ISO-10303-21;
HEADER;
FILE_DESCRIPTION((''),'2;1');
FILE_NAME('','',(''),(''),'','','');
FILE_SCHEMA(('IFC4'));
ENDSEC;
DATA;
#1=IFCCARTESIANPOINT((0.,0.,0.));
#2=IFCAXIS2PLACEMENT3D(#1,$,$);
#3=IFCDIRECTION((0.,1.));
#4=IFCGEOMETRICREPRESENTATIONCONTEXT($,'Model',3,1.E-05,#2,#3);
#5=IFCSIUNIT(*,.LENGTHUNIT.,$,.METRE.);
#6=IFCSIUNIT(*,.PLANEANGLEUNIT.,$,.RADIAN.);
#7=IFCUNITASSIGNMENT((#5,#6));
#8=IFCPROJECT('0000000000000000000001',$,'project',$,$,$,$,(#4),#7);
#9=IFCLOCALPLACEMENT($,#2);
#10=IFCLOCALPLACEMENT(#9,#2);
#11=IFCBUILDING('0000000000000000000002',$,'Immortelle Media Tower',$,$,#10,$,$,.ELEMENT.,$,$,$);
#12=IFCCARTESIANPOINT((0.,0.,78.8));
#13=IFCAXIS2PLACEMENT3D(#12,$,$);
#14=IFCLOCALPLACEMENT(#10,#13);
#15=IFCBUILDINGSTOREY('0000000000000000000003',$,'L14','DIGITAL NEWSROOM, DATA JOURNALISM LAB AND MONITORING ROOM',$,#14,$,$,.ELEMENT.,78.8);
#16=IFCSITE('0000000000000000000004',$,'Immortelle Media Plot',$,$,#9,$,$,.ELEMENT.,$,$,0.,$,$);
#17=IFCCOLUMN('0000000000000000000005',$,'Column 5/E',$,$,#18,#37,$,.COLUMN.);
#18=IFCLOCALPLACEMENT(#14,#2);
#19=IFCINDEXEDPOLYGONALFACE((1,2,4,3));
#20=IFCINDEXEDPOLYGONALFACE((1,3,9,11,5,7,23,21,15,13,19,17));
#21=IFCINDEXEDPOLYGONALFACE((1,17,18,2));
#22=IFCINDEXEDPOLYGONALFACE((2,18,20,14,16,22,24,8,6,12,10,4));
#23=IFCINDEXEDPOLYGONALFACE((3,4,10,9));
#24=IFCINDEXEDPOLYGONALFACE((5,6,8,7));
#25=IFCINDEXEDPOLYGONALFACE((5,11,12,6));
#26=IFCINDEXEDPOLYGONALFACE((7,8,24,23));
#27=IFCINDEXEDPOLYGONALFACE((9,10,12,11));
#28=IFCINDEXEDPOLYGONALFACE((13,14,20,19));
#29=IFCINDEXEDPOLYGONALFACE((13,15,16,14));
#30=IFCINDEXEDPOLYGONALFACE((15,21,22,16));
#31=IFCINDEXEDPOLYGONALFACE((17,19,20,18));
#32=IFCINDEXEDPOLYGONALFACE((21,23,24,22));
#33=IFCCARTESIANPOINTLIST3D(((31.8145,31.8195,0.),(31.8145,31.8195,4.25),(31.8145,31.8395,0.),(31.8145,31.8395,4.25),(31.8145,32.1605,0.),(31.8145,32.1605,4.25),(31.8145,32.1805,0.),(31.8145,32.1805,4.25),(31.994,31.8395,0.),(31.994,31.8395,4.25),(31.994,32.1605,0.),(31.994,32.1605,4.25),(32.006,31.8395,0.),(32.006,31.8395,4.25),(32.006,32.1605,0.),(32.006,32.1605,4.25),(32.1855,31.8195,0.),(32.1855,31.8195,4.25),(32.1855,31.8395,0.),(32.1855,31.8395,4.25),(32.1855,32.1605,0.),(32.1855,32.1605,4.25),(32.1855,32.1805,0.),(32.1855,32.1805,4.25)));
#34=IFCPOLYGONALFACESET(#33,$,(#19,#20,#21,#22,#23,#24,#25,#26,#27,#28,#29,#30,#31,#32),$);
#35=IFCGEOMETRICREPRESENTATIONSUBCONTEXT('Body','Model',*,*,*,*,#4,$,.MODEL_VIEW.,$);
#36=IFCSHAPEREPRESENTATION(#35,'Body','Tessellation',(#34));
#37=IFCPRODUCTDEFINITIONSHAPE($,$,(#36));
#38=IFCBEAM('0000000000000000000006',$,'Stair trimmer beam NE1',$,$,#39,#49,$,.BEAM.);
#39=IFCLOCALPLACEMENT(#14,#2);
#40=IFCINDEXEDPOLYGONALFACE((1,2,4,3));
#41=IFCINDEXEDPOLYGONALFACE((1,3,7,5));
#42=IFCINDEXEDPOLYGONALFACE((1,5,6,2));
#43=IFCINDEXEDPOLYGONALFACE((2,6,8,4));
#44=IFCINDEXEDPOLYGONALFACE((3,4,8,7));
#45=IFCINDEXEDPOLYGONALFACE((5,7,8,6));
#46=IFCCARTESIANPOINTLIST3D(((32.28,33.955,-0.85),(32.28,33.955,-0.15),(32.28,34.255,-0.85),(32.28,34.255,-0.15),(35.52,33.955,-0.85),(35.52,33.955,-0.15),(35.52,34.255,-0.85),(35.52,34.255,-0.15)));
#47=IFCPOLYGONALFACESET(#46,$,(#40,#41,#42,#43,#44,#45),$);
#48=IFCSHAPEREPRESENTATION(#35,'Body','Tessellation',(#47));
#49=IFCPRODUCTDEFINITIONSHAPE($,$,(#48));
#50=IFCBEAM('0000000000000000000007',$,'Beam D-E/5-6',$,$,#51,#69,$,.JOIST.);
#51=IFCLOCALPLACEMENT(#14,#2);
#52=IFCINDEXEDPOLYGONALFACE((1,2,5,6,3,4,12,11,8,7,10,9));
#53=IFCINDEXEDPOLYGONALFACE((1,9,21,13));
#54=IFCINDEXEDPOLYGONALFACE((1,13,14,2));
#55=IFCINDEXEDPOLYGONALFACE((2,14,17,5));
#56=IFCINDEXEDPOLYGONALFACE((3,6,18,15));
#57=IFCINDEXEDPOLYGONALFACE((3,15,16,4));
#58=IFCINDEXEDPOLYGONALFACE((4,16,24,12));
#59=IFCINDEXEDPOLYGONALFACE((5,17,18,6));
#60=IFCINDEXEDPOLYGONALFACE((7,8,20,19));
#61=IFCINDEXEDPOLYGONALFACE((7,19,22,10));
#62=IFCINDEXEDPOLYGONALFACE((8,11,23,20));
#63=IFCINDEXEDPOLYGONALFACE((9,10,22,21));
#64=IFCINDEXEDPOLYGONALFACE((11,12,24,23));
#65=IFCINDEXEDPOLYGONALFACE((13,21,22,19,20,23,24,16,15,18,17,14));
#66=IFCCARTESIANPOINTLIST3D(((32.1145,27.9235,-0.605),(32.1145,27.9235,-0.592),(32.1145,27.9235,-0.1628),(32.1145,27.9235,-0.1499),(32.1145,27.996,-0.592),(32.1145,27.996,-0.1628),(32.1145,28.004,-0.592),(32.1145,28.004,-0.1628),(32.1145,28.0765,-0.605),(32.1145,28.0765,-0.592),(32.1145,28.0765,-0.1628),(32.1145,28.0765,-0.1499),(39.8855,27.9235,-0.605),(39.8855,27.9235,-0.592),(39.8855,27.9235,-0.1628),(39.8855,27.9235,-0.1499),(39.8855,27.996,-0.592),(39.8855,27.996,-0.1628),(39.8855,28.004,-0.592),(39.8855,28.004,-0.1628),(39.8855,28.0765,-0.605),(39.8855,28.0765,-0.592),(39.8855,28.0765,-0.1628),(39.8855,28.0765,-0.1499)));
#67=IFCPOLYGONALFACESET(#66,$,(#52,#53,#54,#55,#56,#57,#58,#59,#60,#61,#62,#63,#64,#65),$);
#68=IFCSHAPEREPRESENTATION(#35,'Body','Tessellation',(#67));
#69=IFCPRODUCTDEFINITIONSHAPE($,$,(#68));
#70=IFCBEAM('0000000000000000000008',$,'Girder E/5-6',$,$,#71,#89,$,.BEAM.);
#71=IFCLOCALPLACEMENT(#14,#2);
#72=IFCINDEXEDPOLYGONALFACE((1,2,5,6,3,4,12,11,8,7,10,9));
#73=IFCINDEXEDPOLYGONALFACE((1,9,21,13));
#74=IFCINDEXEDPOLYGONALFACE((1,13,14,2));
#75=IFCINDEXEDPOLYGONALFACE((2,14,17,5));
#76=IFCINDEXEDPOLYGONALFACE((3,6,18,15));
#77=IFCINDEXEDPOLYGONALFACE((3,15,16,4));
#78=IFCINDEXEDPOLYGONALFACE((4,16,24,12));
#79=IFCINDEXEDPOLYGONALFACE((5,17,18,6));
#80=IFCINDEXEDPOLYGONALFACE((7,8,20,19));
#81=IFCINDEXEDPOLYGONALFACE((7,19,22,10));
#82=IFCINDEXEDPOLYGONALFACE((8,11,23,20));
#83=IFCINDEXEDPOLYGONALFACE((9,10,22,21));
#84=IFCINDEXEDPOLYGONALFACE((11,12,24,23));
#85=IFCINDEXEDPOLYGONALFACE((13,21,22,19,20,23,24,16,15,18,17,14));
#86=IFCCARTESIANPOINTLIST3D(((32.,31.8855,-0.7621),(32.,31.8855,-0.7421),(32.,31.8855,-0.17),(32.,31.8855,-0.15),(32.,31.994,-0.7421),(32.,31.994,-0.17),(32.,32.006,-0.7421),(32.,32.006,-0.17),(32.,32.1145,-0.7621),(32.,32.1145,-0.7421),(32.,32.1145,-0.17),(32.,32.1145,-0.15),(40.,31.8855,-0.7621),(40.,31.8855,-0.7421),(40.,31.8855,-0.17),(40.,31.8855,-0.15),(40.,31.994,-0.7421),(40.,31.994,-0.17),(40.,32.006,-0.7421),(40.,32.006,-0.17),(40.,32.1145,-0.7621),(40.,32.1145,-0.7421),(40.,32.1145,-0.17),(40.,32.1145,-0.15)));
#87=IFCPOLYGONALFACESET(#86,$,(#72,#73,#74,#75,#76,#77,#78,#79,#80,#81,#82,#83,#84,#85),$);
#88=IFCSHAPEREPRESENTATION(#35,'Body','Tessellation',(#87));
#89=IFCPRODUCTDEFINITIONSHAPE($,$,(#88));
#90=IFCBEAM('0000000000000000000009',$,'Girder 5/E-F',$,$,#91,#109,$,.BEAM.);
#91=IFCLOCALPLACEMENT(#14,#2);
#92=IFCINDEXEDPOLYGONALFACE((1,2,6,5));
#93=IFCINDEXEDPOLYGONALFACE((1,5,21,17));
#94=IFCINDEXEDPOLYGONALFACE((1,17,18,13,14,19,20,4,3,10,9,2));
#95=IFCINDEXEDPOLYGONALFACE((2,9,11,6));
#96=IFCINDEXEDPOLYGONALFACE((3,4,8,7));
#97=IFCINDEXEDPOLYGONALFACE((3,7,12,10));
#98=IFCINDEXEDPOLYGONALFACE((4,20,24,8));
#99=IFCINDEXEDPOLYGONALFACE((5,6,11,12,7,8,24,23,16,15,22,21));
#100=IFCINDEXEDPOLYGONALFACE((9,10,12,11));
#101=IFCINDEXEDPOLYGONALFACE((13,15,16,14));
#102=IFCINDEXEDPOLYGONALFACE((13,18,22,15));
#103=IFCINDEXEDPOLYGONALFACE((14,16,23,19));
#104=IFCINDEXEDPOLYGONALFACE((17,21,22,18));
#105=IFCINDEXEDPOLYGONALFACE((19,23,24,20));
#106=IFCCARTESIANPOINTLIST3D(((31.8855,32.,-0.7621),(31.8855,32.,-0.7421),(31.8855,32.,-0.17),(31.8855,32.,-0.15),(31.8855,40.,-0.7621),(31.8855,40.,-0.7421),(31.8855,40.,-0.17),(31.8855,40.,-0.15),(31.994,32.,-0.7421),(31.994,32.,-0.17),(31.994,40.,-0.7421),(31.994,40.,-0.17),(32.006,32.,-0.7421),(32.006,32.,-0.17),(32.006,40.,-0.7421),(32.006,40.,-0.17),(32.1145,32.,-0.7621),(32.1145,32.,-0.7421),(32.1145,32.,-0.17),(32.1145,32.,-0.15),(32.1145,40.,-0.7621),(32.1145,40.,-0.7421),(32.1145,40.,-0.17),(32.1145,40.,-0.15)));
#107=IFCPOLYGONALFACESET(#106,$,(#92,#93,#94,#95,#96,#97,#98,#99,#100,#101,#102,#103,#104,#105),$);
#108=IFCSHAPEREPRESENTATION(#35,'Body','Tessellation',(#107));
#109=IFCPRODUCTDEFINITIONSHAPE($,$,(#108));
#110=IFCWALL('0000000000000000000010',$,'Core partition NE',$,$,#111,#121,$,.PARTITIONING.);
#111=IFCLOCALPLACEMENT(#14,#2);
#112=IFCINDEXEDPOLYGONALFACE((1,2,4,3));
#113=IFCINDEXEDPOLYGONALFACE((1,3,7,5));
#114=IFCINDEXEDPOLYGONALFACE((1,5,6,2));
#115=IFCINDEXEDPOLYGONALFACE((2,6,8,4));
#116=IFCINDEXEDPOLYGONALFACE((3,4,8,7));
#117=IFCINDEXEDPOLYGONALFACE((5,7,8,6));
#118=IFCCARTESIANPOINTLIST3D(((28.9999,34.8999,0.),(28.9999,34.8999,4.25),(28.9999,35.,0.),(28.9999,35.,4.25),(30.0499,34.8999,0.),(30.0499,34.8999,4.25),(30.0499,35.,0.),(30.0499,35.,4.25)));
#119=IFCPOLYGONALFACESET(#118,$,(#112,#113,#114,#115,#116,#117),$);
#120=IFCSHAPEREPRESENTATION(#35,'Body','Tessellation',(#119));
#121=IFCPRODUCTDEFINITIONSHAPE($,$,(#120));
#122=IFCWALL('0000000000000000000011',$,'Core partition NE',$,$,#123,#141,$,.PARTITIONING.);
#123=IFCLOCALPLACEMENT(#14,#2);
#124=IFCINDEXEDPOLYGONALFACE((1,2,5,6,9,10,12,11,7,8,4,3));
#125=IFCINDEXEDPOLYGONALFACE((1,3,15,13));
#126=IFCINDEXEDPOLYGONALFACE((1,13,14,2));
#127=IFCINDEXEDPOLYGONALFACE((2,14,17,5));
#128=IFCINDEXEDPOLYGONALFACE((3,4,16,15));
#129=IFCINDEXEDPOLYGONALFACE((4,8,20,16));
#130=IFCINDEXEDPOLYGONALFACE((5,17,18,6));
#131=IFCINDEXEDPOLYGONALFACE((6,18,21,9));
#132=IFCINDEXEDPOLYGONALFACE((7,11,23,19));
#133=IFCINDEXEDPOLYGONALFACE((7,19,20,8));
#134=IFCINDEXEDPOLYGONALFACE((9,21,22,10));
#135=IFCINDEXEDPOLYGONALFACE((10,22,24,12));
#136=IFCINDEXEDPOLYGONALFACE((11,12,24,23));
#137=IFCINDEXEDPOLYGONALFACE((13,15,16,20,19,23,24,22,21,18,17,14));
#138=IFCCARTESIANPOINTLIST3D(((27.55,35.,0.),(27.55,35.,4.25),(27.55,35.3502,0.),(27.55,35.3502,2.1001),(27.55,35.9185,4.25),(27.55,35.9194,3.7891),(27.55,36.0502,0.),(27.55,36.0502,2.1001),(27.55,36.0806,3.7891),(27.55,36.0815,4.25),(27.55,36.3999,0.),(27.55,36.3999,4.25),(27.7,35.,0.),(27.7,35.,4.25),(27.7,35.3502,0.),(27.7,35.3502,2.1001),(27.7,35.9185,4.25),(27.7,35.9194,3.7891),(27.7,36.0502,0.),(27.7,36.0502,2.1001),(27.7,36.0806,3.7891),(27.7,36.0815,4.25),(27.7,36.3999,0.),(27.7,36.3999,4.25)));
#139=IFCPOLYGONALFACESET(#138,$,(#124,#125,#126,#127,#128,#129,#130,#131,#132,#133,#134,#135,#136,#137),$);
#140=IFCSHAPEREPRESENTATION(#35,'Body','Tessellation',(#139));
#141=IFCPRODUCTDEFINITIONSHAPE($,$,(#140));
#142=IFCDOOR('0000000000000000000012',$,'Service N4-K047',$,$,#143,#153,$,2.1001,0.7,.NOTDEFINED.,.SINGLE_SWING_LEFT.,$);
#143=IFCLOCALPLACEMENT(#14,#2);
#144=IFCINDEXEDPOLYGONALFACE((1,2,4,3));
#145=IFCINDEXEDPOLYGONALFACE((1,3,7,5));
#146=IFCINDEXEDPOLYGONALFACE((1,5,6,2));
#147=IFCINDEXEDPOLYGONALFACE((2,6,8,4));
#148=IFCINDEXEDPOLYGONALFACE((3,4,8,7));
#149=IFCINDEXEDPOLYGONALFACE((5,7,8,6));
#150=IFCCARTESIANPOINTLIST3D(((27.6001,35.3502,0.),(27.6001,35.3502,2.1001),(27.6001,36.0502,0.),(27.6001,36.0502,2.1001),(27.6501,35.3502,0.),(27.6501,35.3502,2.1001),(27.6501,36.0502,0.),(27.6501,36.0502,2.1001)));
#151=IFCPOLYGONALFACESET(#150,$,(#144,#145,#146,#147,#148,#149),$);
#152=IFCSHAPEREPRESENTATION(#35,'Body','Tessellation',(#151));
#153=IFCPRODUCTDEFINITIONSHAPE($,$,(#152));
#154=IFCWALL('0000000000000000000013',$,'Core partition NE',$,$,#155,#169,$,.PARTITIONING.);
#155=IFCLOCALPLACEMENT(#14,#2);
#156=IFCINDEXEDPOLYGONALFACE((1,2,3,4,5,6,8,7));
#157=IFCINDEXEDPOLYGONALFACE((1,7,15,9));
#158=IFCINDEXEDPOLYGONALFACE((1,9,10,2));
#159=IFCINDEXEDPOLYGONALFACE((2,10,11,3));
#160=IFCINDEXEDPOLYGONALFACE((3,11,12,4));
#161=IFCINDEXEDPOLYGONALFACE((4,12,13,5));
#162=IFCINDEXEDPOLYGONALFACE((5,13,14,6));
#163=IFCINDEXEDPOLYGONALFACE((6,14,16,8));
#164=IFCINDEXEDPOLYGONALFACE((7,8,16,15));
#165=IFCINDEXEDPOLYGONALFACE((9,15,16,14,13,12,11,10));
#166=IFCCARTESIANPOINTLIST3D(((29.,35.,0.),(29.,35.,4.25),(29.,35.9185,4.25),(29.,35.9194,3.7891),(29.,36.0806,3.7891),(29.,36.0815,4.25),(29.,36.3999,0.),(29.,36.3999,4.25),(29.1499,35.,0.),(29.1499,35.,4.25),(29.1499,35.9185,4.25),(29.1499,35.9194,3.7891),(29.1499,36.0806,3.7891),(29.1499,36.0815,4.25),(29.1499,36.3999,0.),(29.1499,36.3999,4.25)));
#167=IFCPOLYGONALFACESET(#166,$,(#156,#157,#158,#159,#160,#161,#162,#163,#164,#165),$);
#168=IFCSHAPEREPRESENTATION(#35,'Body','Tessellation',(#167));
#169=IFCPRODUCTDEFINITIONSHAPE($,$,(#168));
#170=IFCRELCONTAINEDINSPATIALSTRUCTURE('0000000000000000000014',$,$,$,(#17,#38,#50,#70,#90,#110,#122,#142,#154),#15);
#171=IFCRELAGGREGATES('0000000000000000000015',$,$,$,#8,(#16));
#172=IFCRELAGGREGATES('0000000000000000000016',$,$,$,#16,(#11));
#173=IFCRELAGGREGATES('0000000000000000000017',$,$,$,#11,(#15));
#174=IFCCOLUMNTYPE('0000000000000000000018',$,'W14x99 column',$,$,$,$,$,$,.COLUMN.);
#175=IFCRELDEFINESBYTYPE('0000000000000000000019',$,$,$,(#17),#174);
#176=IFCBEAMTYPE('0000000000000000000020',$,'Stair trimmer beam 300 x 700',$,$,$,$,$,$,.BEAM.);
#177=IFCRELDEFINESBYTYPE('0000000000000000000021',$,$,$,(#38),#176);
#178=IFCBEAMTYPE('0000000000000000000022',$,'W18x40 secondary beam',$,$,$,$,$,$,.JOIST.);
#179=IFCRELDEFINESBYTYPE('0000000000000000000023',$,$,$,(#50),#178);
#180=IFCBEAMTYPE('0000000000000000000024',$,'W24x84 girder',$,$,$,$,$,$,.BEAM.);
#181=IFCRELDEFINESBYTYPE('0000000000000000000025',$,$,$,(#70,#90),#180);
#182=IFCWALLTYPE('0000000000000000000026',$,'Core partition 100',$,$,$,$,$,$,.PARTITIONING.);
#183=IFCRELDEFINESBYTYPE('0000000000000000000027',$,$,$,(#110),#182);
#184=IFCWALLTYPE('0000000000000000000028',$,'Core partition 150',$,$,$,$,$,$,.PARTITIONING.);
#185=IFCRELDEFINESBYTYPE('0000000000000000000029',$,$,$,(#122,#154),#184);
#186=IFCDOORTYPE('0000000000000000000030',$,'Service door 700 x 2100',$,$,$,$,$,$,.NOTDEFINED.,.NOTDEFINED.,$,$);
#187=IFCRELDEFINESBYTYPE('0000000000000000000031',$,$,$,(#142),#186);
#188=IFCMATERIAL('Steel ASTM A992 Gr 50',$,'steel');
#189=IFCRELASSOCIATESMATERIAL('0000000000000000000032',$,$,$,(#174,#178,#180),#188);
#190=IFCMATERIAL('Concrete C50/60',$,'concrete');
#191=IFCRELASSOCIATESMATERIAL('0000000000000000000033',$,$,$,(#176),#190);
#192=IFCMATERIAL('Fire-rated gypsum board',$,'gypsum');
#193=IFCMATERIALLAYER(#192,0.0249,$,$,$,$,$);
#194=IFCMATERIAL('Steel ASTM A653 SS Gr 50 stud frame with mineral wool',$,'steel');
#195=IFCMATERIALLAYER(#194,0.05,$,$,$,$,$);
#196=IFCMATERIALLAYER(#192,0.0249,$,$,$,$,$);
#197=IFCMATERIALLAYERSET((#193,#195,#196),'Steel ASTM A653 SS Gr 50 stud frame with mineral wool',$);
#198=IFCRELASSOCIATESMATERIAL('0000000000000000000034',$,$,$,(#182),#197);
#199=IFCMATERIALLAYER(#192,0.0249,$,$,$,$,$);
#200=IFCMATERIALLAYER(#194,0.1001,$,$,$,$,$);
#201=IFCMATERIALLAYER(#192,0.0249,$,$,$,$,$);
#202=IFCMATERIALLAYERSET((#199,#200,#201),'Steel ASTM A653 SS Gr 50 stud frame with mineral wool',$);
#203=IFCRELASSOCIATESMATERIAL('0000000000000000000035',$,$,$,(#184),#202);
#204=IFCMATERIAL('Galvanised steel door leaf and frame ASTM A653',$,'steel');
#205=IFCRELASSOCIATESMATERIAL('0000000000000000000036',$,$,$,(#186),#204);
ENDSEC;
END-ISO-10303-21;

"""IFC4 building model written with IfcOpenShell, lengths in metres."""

from ifc_helpers import new_model, si_unit, direction, frame, frame_2d, origin, origin_2d, place, context, subcontext, project, spatial, polyline, rectangle, i_section, outline, extrude, material, layer, layer_set, material_profile, profile_set, type_object, element, fill, save


model = new_model("IFC4")

# Units and contexts
model_context = context("Model", 3, precision=1e-05, world=origin(), true_north=direction((0.0, 1.0)))
body_context = subcontext(model_context, "Body", "Model", "MODEL_VIEW")
ifc_project = project(units=[si_unit("LENGTHUNIT", "METRE"), si_unit("PLANEANGLEUNIT", "RADIAN")], contexts=[model_context])

# Site, building, storey
site_placement = place(None, origin())
site = spatial("IfcSite", under=ifc_project, at=site_placement, Name="Immortelle Media Plot", CompositionType="ELEMENT", RefElevation=0.0)
building_placement = place(site_placement, origin())
building = spatial("IfcBuilding", under=site, at=building_placement, Name="Immortelle Media Tower", CompositionType="ELEMENT")
storey_placement = place(building_placement, frame((0.0, 0.0, 78.8)))
storey = spatial("IfcBuildingStorey", under=building, at=storey_placement, Name="L14", Description="DIGITAL NEWSROOM, DATA JOURNALISM LAB AND MONITORING ROOM", CompositionType="ELEMENT", Elevation=78.8)

# Column
ifc_material_1 = material(Name="Steel ASTM A992 Gr 50", Category="steel")
ifc_material_profile_1 = material_profile(ifc_material_1, i_section(OverallWidth=0.3711, OverallDepth=0.3611, WebThickness=0.012, FlangeThickness=0.02, at=origin_2d()), Name="W14x99")
ifc_profile_set_1 = profile_set([ifc_material_profile_1], Name="Steel ASTM A992 Gr 50")
column_type = type_object("IfcColumnType", Name="W14x99 column", PredefinedType="COLUMN", material=ifc_profile_set_1)
column_placement = place(storey_placement, frame((32.0, 32.0, 0.0), z_axis=(0.0, 0.0, 1.0), x_axis=(1.0, 0.0, 0.0)))
element("IfcColumn", 1, at=column_placement, inside=storey, type_object=column_type, Name="Column 5/E", PredefinedType="COLUMN", context=body_context, shape_type="SweptSolid", body=[
    extrude(i_section(OverallWidth=0.3711, OverallDepth=0.3611, WebThickness=0.012, FlangeThickness=0.02, at=origin_2d()), origin(), (0.0, 0.0, 1.0), 4.25),
])

# Beams
ifc_material_2 = material(Name="Concrete C50/60", Category="concrete")
ifc_material_profile_2 = material_profile(ifc_material_2, rectangle(XDim=0.3, YDim=0.7, at=origin_2d()), Name="RC 300x700")
ifc_profile_set_2 = profile_set([ifc_material_profile_2], Name="Concrete C50/60")
beam_type_1 = type_object("IfcBeamType", Name="Stair trimmer beam 300 x 700", PredefinedType="BEAM", material=ifc_profile_set_2)
beam_1_placement = place(storey_placement, frame((32.28, 34.105, -0.5), z_axis=(1.0, 0.0, 0.0), x_axis=(0.0, 1.0, 0.0)))
element("IfcBeam", 2, at=beam_1_placement, inside=storey, type_object=beam_type_1, Name="Stair trimmer beam NE1", PredefinedType="BEAM", context=body_context, shape_type="SweptSolid", body=[
    extrude(rectangle(XDim=0.3, YDim=0.7, at=origin_2d()), origin(), (0.0, 0.0, 1.0), 3.24),
])
ifc_material_profile_3 = material_profile(ifc_material_1, i_section(OverallWidth=0.1531, OverallDepth=0.4551, WebThickness=0.0081, FlangeThickness=0.0129, at=origin_2d()), Name="W18x40")
ifc_profile_set_3 = profile_set([ifc_material_profile_3], Name="Steel ASTM A992 Gr 50")
beam_type_2 = type_object("IfcBeamType", Name="W18x40 secondary beam", PredefinedType="JOIST", material=ifc_profile_set_3)
beam_2_placement = place(storey_placement, frame((32.1145, 28.0, -0.3774), z_axis=(1.0, 0.0, 0.0), x_axis=(0.0, 1.0, 0.0)))
element("IfcBeam", 3, at=beam_2_placement, inside=storey, type_object=beam_type_2, Name="Beam D-E/5-6", PredefinedType="JOIST", context=body_context, shape_type="SweptSolid", body=[
    extrude(i_section(OverallWidth=0.1531, OverallDepth=0.4551, WebThickness=0.0081, FlangeThickness=0.0129, at=origin_2d()), origin(), (0.0, 0.0, 1.0), 7.771),
])
ifc_material_profile_4 = material_profile(ifc_material_1, i_section(OverallWidth=0.229, OverallDepth=0.6121, WebThickness=0.012, FlangeThickness=0.02, at=origin_2d()), Name="W24x84")
ifc_profile_set_4 = profile_set([ifc_material_profile_4], Name="Steel ASTM A992 Gr 50")
beam_type_3 = type_object("IfcBeamType", Name="W24x84 girder", PredefinedType="BEAM", material=ifc_profile_set_4)
for number, where, z_axis, x_axis, name in (
    (4, (32.0, 32.0, -0.4561), (1.0, 0.0, 0.0), (0.0, 1.0, 0.0), "Girder E/5-6"),
    (5, (32.0, 32.0, -0.4561), (0.0, 1.0, 0.0), (-1.0, 0.0, 0.0), "Girder 5/E-F"),
):
    element("IfcBeam", number, at=place(storey_placement, frame(where, z_axis=z_axis, x_axis=x_axis)), inside=storey, type_object=beam_type_3, Name=name, PredefinedType="BEAM", context=body_context, shape_type="SweptSolid", body=[
        extrude(i_section(OverallWidth=0.229, OverallDepth=0.6121, WebThickness=0.012, FlangeThickness=0.02, at=origin_2d()), origin(), (0.0, 0.0, 1.0), 8.0),
    ])

# Wall
ifc_material_3 = material(Name="Fire-rated gypsum board", Category="gypsum")
ifc_layer_1 = layer(ifc_material_3, 0.0249)
ifc_material_4 = material(Name="Steel ASTM A653 SS Gr 50 stud frame with mineral wool", Category="steel")
ifc_layer_2 = layer(ifc_material_4, 0.05)
ifc_layer_3 = layer(ifc_material_3, 0.0249)
ifc_layer_set_1 = layer_set([ifc_layer_1, ifc_layer_2, ifc_layer_3], Name="Steel ASTM A653 SS Gr 50 stud frame with mineral wool")
wall_type_1 = type_object("IfcWallType", Name="Core partition 100", PredefinedType="PARTITIONING", material=ifc_layer_set_1)
wall_1_placement = place(storey_placement, frame((29.0, 34.95, 0.0), z_axis=(0.0, 0.0, 1.0), x_axis=(1.0, 0.0, 0.0)))
element("IfcWall", 6, at=wall_1_placement, inside=storey, type_object=wall_type_1, Name="Core partition NE", PredefinedType="PARTITIONING", context=body_context, shape_type="SweptSolid", body=[
    extrude(rectangle(XDim=1.05, YDim=0.1001, at=frame_2d((0.5249, 0.0))), origin(), (0.0, 0.0, 1.0), 4.25),
])

# Wall, opening, door
ifc_layer_4 = layer(ifc_material_3, 0.0249)
ifc_layer_5 = layer(ifc_material_4, 0.1001)
ifc_layer_6 = layer(ifc_material_3, 0.0249)
ifc_layer_set_2 = layer_set([ifc_layer_4, ifc_layer_5, ifc_layer_6], Name="Steel ASTM A653 SS Gr 50 stud frame with mineral wool")
wall_type_2 = type_object("IfcWallType", Name="Core partition 150", PredefinedType="PARTITIONING", material=ifc_layer_set_2)
wall_2_placement = place(storey_placement, frame((27.625, 35.0, 0.0), z_axis=(0.0, 0.0, 1.0), x_axis=(0.0, 1.0, 0.0)))
wall_2 = element("IfcWall", 7, at=wall_2_placement, inside=storey, type_object=wall_type_2, Name="Core partition NE", PredefinedType="PARTITIONING", context=body_context, shape_type="SweptSolid", body=[
    extrude(outline(polyline([(0.0, 0.0), (1.3999, 0.0), (1.3999, 4.25), (1.0815, 4.25), (1.0806, 3.7891), (0.9194, 3.7891), (0.9185, 4.25), (0.0, 4.25), (0.0, 0.0)])), frame((0.0, 0.075, 0.0), z_axis=(0.0, -1.0, 0.0), x_axis=(1.0, 0.0, 0.0)), (0.0, 0.0, 1.0), 0.1499),
])
opening_1_placement = place(wall_2_placement, frame((0.3501, 0.0, 0.0)))
opening_1 = element("IfcOpeningElement", 8, at=opening_1_placement, cuts=wall_2, PredefinedType="OPENING", context=body_context, shape_type="SweptSolid", body=[
    extrude(rectangle(XDim=0.7, YDim=2.1001, at=frame_2d((0.3501, 1.05))), frame((0.0, 0.085, 0.0), z_axis=(0.0, -1.0, 0.0), x_axis=(1.0, 0.0, 0.0)), (0.0, 0.0, 1.0), 0.1699),
])
ifc_material_5 = material(Name="Galvanised steel door leaf and frame ASTM A653", Category="steel")
door_type_1 = type_object("IfcDoorType", Name="Service door 700 x 2100", OperationType="NOTDEFINED", PredefinedType="NOTDEFINED", material=ifc_material_5)
door_1_placement = place(opening_1_placement, origin())
door_1 = element("IfcDoor", 9, at=door_1_placement, inside=storey, type_object=door_type_1, Name="Service N4-K047", OperationType="SINGLE_SWING_LEFT", OverallHeight=2.1001, OverallWidth=0.7, PredefinedType="NOTDEFINED", context=body_context, shape_type="SweptSolid", body=[
    extrude(rectangle(XDim=0.7, YDim=2.1001, at=frame_2d((0.3501, 1.05))), frame((0.0, 0.0249, 0.0), z_axis=(0.0, -1.0, 0.0), x_axis=(1.0, 0.0, 0.0)), (0.0, 0.0, 1.0), 0.05),
])
fill(opening_1, door_1)

# Wall
wall_3_placement = place(storey_placement, frame((29.075, 35.0, 0.0), z_axis=(0.0, 0.0, 1.0), x_axis=(0.0, 1.0, 0.0)))
element("IfcWall", 10, at=wall_3_placement, inside=storey, type_object=wall_type_2, Name="Core partition NE", PredefinedType="PARTITIONING", context=body_context, shape_type="SweptSolid", body=[
    extrude(outline(polyline([(0.0, 0.0), (1.3999, 0.0), (1.3999, 4.25), (1.0815, 4.25), (1.0806, 3.7891), (0.9194, 3.7891), (0.9185, 4.25), (0.0, 4.25), (0.0, 0.0)])), frame((0.0, 0.075, 0.0), z_axis=(0.0, -1.0, 0.0), x_axis=(1.0, 0.0, 0.0)), (0.0, 0.0, 1.0), 0.1499),
])

save(model, "model.ifc")
